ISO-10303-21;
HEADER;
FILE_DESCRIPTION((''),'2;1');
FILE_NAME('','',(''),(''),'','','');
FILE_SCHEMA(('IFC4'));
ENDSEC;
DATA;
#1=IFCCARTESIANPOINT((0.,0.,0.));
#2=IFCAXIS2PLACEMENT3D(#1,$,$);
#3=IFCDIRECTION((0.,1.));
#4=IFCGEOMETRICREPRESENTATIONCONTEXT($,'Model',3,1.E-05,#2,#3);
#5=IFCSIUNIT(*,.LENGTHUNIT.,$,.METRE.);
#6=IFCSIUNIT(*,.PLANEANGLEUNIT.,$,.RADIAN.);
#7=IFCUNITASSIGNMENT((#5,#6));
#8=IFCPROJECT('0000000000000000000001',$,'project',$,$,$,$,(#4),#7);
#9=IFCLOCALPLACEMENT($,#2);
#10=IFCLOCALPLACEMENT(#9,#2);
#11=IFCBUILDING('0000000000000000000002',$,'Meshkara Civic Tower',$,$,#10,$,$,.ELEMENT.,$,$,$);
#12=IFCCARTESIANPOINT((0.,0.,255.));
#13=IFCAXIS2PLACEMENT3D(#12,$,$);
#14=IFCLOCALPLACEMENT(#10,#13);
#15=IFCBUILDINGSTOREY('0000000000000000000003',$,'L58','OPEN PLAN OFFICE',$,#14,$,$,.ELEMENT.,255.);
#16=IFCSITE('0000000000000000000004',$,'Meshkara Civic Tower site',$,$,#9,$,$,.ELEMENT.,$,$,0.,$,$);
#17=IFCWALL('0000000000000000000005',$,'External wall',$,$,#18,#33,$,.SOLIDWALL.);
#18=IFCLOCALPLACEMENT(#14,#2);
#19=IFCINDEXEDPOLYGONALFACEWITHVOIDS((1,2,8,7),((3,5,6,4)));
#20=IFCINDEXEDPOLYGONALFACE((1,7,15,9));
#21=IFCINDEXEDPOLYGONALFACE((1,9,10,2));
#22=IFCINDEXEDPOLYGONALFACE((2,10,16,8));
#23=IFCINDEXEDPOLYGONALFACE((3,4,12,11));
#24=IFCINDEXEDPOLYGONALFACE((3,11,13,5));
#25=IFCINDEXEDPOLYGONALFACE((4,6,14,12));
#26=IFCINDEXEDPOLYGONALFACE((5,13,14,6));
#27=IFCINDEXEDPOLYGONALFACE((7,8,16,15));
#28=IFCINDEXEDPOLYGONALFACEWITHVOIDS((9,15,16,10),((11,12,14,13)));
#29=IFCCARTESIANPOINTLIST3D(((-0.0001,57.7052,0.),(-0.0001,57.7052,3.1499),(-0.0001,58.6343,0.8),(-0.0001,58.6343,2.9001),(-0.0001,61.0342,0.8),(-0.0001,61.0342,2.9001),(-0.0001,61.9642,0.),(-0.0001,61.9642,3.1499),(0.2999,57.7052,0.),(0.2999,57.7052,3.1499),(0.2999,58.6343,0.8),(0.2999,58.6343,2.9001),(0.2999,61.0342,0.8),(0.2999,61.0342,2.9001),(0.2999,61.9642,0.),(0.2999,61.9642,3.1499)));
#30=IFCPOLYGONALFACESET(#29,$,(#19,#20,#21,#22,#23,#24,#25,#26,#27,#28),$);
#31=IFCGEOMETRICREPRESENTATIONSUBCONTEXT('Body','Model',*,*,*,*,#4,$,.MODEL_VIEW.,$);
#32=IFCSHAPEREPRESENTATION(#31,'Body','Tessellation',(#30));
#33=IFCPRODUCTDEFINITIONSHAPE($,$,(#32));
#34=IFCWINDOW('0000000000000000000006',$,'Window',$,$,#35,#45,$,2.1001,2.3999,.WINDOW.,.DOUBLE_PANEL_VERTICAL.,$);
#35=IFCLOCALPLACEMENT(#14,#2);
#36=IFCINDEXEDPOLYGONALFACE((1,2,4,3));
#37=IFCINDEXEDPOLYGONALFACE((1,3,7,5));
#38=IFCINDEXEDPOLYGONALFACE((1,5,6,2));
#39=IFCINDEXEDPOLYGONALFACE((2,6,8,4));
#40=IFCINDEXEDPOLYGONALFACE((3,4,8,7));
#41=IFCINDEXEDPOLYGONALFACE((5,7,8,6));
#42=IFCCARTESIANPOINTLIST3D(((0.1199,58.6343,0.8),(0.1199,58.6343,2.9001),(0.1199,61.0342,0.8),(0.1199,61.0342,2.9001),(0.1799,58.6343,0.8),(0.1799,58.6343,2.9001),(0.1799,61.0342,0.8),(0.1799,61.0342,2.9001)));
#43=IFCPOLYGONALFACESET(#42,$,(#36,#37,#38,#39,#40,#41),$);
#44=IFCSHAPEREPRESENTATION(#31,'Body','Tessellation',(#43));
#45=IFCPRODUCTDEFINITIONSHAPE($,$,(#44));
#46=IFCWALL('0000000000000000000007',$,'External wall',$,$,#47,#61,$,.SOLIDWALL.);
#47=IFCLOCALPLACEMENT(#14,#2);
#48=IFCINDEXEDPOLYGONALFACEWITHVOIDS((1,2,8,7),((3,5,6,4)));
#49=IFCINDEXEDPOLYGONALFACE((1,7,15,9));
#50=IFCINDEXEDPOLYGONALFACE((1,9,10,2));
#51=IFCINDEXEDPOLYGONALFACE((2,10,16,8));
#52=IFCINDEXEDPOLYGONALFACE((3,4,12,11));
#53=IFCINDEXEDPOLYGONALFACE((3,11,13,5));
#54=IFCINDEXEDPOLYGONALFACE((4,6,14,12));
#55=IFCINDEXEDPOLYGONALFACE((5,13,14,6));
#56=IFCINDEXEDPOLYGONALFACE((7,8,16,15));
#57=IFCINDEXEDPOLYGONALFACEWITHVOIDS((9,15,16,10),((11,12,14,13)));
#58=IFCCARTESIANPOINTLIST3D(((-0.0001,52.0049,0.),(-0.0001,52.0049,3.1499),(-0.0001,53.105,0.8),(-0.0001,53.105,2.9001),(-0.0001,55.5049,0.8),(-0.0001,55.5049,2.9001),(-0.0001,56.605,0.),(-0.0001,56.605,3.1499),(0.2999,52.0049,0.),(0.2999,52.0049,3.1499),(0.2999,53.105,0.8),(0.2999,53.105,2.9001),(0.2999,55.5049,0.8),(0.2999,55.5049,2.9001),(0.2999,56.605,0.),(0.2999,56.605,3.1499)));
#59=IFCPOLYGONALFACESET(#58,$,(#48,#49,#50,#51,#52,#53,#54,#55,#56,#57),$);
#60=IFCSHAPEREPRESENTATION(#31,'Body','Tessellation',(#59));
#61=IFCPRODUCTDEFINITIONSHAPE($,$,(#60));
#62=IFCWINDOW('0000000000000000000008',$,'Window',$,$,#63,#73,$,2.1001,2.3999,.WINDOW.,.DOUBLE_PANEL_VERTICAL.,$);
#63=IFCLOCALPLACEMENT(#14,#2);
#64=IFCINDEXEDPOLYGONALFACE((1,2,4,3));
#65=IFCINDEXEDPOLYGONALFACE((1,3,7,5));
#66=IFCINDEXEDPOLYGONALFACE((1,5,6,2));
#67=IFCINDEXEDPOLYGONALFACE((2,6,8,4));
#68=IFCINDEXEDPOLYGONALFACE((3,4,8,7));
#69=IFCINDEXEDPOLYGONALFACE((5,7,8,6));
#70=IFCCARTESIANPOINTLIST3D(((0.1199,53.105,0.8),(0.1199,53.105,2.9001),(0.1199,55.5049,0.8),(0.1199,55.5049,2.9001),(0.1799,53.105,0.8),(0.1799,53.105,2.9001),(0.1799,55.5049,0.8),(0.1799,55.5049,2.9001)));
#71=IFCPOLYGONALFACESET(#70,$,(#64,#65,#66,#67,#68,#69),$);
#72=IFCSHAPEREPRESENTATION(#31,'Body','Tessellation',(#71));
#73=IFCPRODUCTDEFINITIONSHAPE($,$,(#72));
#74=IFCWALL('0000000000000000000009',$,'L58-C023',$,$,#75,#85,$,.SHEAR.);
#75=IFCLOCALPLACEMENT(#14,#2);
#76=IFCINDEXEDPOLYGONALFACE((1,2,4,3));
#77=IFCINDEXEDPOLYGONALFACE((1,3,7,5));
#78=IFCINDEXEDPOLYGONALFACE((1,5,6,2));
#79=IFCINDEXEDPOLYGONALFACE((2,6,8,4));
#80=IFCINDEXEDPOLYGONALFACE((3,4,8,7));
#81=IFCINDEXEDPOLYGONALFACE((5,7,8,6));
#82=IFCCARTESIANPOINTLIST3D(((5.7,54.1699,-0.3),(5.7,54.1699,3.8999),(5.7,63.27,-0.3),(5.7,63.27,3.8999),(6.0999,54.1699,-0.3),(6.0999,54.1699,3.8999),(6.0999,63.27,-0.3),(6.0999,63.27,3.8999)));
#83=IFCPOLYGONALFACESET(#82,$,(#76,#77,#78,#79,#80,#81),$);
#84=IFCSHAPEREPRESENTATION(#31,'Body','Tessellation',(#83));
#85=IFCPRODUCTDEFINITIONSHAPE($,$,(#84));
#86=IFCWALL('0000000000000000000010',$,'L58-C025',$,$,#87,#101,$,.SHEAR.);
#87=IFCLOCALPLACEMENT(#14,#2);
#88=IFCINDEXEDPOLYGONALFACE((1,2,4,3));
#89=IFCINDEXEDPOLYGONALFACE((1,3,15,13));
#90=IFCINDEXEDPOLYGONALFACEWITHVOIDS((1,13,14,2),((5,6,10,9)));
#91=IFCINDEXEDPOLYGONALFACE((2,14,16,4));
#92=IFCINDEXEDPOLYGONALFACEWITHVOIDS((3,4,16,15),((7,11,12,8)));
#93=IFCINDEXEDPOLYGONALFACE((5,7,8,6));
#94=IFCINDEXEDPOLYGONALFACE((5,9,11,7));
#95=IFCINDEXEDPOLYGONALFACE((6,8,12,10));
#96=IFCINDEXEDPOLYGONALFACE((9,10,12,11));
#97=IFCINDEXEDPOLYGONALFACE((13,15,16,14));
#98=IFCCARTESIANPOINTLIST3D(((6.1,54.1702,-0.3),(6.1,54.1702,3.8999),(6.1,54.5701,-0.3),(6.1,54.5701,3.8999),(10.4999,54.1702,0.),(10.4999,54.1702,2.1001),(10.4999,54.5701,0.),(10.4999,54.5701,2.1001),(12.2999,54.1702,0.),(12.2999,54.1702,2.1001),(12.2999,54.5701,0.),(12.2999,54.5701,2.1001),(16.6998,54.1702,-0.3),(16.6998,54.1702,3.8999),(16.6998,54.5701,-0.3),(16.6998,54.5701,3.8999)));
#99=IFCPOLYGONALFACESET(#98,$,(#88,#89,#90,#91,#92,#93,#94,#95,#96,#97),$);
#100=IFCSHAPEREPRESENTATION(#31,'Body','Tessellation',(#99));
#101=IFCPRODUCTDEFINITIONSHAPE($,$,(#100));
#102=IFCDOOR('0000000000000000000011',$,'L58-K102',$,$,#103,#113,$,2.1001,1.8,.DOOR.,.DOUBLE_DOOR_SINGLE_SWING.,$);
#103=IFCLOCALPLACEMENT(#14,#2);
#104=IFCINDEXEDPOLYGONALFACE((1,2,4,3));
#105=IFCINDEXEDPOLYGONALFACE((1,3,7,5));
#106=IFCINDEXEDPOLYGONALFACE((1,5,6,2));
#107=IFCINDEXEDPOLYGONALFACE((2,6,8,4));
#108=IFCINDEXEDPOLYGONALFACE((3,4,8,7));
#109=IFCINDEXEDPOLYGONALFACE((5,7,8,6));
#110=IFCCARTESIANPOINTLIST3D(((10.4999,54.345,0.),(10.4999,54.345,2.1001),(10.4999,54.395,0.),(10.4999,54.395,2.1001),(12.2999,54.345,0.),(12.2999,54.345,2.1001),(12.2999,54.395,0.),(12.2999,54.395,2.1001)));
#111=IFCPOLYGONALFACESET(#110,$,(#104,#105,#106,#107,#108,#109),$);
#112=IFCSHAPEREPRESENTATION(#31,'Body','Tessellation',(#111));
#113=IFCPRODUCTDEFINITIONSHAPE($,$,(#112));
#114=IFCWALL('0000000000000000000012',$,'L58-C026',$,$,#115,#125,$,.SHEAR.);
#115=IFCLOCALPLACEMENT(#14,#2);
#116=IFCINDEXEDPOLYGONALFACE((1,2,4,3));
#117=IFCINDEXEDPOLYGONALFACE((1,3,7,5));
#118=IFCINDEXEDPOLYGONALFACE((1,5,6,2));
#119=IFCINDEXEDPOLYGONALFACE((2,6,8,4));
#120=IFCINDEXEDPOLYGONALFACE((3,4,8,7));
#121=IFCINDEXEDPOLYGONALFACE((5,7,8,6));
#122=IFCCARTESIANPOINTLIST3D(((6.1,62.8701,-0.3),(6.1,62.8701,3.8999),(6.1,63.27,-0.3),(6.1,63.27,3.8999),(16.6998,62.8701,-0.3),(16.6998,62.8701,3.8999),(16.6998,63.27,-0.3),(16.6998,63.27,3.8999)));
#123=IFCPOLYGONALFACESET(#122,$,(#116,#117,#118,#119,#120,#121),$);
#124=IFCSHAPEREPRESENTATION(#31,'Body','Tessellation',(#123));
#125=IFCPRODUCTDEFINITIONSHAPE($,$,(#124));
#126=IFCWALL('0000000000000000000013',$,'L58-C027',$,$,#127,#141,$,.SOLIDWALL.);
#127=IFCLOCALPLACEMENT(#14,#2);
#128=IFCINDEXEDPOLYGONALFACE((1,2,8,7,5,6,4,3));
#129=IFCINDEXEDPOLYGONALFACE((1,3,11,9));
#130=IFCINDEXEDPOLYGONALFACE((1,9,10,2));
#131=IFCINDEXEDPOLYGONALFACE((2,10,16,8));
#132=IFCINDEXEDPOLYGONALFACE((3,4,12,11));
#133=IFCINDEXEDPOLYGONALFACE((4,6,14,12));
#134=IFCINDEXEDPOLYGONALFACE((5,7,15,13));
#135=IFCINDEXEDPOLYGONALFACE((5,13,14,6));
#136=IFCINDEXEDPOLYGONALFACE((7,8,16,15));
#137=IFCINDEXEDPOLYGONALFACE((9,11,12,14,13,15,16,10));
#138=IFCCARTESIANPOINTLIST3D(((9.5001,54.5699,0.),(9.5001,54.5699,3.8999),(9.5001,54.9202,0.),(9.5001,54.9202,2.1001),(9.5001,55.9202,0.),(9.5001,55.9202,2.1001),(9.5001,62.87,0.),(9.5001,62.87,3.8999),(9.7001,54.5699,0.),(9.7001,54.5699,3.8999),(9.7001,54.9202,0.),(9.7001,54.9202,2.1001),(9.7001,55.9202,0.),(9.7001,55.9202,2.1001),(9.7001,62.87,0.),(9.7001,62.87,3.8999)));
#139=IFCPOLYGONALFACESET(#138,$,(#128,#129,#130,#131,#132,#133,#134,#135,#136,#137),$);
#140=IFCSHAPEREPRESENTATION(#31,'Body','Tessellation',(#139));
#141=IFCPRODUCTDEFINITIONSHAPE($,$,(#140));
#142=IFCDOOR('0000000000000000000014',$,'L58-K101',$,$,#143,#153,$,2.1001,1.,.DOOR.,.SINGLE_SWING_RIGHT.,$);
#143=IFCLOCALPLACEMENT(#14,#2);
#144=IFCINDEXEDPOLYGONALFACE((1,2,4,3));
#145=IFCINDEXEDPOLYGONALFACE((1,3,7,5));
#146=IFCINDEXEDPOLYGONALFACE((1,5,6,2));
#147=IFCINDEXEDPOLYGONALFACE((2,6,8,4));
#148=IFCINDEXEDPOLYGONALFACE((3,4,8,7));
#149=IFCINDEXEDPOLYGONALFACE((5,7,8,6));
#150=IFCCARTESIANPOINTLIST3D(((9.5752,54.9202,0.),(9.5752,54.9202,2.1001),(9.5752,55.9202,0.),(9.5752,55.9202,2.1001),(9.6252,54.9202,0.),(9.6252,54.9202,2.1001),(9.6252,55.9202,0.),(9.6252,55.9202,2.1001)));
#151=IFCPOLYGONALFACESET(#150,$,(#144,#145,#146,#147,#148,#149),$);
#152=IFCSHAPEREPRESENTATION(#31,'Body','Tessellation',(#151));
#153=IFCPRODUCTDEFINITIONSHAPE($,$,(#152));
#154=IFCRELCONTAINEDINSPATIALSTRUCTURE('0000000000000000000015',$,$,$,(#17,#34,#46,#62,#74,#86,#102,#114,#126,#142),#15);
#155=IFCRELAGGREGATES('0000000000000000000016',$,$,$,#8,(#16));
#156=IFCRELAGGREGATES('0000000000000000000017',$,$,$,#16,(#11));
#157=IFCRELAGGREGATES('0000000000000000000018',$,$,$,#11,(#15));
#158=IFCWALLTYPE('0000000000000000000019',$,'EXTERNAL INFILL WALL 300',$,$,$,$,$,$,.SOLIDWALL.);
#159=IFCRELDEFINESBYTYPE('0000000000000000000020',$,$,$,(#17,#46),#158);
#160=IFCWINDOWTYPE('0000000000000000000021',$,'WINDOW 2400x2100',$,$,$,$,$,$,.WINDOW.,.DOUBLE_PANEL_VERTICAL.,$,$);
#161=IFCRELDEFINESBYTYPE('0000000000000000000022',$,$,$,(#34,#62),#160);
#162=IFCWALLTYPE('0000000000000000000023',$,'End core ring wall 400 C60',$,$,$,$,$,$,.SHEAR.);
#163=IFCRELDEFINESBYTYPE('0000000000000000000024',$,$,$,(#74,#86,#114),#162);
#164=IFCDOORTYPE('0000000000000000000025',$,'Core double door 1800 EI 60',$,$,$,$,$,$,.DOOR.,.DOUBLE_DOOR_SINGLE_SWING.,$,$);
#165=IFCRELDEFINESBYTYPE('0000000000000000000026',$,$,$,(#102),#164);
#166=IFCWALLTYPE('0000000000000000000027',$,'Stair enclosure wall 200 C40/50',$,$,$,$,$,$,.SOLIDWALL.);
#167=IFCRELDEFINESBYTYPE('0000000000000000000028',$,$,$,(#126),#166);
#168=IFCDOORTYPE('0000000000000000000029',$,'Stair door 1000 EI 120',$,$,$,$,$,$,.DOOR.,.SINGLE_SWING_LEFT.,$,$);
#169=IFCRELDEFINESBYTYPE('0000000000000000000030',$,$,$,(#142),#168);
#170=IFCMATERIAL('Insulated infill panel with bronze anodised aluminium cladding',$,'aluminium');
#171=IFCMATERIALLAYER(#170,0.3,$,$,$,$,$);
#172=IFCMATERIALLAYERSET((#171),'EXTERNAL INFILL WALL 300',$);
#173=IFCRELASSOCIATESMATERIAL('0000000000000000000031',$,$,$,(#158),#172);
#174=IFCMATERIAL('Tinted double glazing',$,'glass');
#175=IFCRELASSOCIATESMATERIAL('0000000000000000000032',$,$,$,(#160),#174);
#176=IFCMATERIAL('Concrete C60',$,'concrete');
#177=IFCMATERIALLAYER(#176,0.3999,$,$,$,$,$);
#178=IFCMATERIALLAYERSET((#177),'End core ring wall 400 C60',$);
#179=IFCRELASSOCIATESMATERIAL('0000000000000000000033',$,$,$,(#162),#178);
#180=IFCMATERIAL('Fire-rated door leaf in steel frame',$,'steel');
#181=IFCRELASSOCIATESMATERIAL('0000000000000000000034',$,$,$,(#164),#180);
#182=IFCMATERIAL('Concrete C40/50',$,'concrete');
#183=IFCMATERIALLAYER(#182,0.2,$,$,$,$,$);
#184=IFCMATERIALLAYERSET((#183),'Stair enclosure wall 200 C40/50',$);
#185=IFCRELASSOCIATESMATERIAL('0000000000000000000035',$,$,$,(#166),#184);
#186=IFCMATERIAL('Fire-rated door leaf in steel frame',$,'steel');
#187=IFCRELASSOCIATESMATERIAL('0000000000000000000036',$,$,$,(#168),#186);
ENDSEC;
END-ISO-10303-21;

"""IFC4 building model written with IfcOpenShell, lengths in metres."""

from ifc_helpers import new_model, si_unit, direction, frame, frame_2d, origin, place, context, subcontext, project, spatial, rectangle, extrude, material, layer, layer_set, type_object, element, fill, save


model = new_model("IFC4")

# Units and contexts
model_context = context("Model", 3, precision=1e-05, world=origin(), true_north=direction((0.0, 1.0)))
body_context = subcontext(model_context, "Body", "Model", "MODEL_VIEW")
ifc_project = project(units=[si_unit("LENGTHUNIT", "METRE"), si_unit("PLANEANGLEUNIT", "RADIAN")], contexts=[model_context])

# Site, building, storey
site_placement = place(None, origin())
site = spatial("IfcSite", under=ifc_project, at=site_placement, Name="Meshkara Civic Tower site", CompositionType="ELEMENT", RefElevation=0.0)
building_placement = place(site_placement, origin())
building = spatial("IfcBuilding", under=site, at=building_placement, Name="Meshkara Civic Tower", CompositionType="ELEMENT")
storey_placement = place(building_placement, frame((0.0, 0.0, 255.0)))
storey = spatial("IfcBuildingStorey", under=building, at=storey_placement, Name="L58", Description="OPEN PLAN OFFICE", CompositionType="ELEMENT", Elevation=255.0)

# Walls, openings, windows
ifc_material_1 = material(Name="Insulated infill panel with bronze anodised aluminium cladding", Category="aluminium")
ifc_layer_1 = layer(ifc_material_1, 0.3)
ifc_layer_set_1 = layer_set([ifc_layer_1], Name="EXTERNAL INFILL WALL 300")
wall_type_1 = type_object("IfcWallType", Name="EXTERNAL INFILL WALL 300", PredefinedType="SOLIDWALL", material=ifc_layer_set_1)
ifc_material_2 = material(Name="Tinted double glazing", Category="glass")
window_type_1 = type_object("IfcWindowType", Name="WINDOW 2400x2100", PartitioningType="DOUBLE_PANEL_VERTICAL", PredefinedType="WINDOW", material=ifc_material_2)
wall_1_placement = place(storey_placement, frame((0.1499, 61.9641, 0.0), z_axis=(0.0, 0.0, 1.0), x_axis=(0.0, -1.0, 0.0)))
wall_1 = element("IfcWall", 1, at=wall_1_placement, inside=storey, type_object=wall_type_1, Name="External wall", PredefinedType="SOLIDWALL", context=body_context, shape_type="SweptSolid", body=[
    extrude(rectangle(XDim=4.259, YDim=0.3, at=frame_2d((2.1294, 0.0))), origin(), (0.0, 0.0, 1.0), 3.1499),
])
opening_1_placement = place(wall_1_placement, frame((0.9299, 0.0, 0.8)))
opening_1 = element("IfcOpeningElement", 2, at=opening_1_placement, cuts=wall_1, PredefinedType="OPENING", context=body_context, shape_type="SweptSolid", body=[
    extrude(rectangle(XDim=2.3999, YDim=2.1001, at=frame_2d((1.2, 1.05))), frame((0.0, 0.1599, 0.0), z_axis=(0.0, -1.0, 0.0), x_axis=(1.0, 0.0, 0.0)), (0.0, 0.0, 1.0), 0.3201),
])
window_1_placement = place(opening_1_placement, origin())
window_1 = element("IfcWindow", 3, at=window_1_placement, inside=storey, type_object=window_type_1, Name="Window", OverallHeight=2.1001, OverallWidth=2.3999, PartitioningType="DOUBLE_PANEL_VERTICAL", PredefinedType="WINDOW", context=body_context, shape_type="SweptSolid", body=[
    extrude(rectangle(XDim=2.3999, YDim=2.1001, at=frame_2d((1.2, 1.05))), frame((0.0, 0.03, 0.0), z_axis=(0.0, -1.0, 0.0), x_axis=(1.0, 0.0, 0.0)), (0.0, 0.0, 1.0), 0.0601),
])
fill(opening_1, window_1)
wall_2_placement = place(storey_placement, frame((0.1499, 56.605, 0.0), z_axis=(0.0, 0.0, 1.0), x_axis=(0.0, -1.0, 0.0)))
wall_2 = element("IfcWall", 4, at=wall_2_placement, inside=storey, type_object=wall_type_1, Name="External wall", PredefinedType="SOLIDWALL", context=body_context, shape_type="SweptSolid", body=[
    extrude(rectangle(XDim=4.6001, YDim=0.3, at=frame_2d((2.3, 0.0))), origin(), (0.0, 0.0, 1.0), 3.1499),
])
opening_2_placement = place(wall_2_placement, frame((1.1001, 0.0, 0.8)))
opening_2 = element("IfcOpeningElement", 5, at=opening_2_placement, cuts=wall_2, PredefinedType="OPENING", context=body_context, shape_type="SweptSolid", body=[
    extrude(rectangle(XDim=2.3999, YDim=2.1001, at=frame_2d((1.2, 1.05))), frame((0.0, 0.1599, 0.0), z_axis=(0.0, -1.0, 0.0), x_axis=(1.0, 0.0, 0.0)), (0.0, 0.0, 1.0), 0.3201),
])
window_2_placement = place(opening_2_placement, origin())
window_2 = element("IfcWindow", 6, at=window_2_placement, inside=storey, type_object=window_type_1, Name="Window", OverallHeight=2.1001, OverallWidth=2.3999, PartitioningType="DOUBLE_PANEL_VERTICAL", PredefinedType="WINDOW", context=body_context, shape_type="SweptSolid", body=[
    extrude(rectangle(XDim=2.3999, YDim=2.1001, at=frame_2d((1.2, 1.05))), frame((0.0, 0.03, 0.0), z_axis=(0.0, -1.0, 0.0), x_axis=(1.0, 0.0, 0.0)), (0.0, 0.0, 1.0), 0.0601),
])
fill(opening_2, window_2)

# Wall
ifc_material_3 = material(Name="Concrete C60", Category="concrete")
ifc_layer_2 = layer(ifc_material_3, 0.3999)
ifc_layer_set_2 = layer_set([ifc_layer_2], Name="End core ring wall 400 C60")
wall_type_2 = type_object("IfcWallType", Name="End core ring wall 400 C60", PredefinedType="SHEAR", material=ifc_layer_set_2)
wall_3_placement = place(storey_placement, frame((5.8999, 54.1699, -0.3), z_axis=(0.0, 0.0, 1.0), x_axis=(0.0, 1.0, 0.0)))
element("IfcWall", 7, at=wall_3_placement, inside=storey, type_object=wall_type_2, Name="L58-C023", PredefinedType="SHEAR", context=body_context, shape_type="SweptSolid", body=[
    extrude(rectangle(XDim=9.1001, YDim=0.3999, at=frame_2d((4.55, 0.0))), origin(), (0.0, 0.0, 1.0), 4.2),
])

# Wall, opening, door
wall_4_placement = place(storey_placement, frame((6.1001, 54.3701, -0.3), z_axis=(0.0, 0.0, 1.0), x_axis=(1.0, 0.0, 0.0)))
wall_4 = element("IfcWall", 8, at=wall_4_placement, inside=storey, type_object=wall_type_2, Name="L58-C025", PredefinedType="SHEAR", context=body_context, shape_type="SweptSolid", body=[
    extrude(rectangle(XDim=10.5999, YDim=0.3999, at=frame_2d((5.2998, 0.0))), origin(), (0.0, 0.0, 1.0), 4.2),
])
opening_3_placement = place(wall_4_placement, frame((4.3999, 0.0, 0.3)))
opening_3 = element("IfcOpeningElement", 9, at=opening_3_placement, cuts=wall_4, PredefinedType="OPENING", context=body_context, shape_type="SweptSolid", body=[
    extrude(rectangle(XDim=1.8, YDim=2.1001, at=frame_2d((0.8999, 1.05))), frame((0.0, 0.21, 0.0), z_axis=(0.0, -1.0, 0.0), x_axis=(1.0, 0.0, 0.0)), (0.0, 0.0, 1.0), 0.4199),
])
ifc_material_4 = material(Name="Fire-rated door leaf in steel frame", Category="steel")
door_type_1 = type_object("IfcDoorType", Name="Core double door 1800 EI 60", OperationType="DOUBLE_DOOR_SINGLE_SWING", PredefinedType="DOOR", material=ifc_material_4)
door_1_placement = place(opening_3_placement, origin())
door_1 = element("IfcDoor", 10, at=door_1_placement, inside=storey, type_object=door_type_1, Name="L58-K102", OperationType="DOUBLE_DOOR_SINGLE_SWING", OverallHeight=2.1001, OverallWidth=1.8, PredefinedType="DOOR", context=body_context, shape_type="SweptSolid", body=[
    extrude(rectangle(XDim=1.8, YDim=2.1001, at=frame_2d((0.8999, 1.05))), frame((0.0, 0.0249, 0.0), z_axis=(0.0, -1.0, 0.0), x_axis=(1.0, 0.0, 0.0)), (0.0, 0.0, 1.0), 0.05),
])
fill(opening_3, door_1)

# Wall
wall_5_placement = place(storey_placement, frame((6.1001, 63.0701, -0.3), z_axis=(0.0, 0.0, 1.0), x_axis=(1.0, 0.0, 0.0)))
element("IfcWall", 11, at=wall_5_placement, inside=storey, type_object=wall_type_2, Name="L58-C026", PredefinedType="SHEAR", context=body_context, shape_type="SweptSolid", body=[
    extrude(rectangle(XDim=10.5999, YDim=0.3999, at=frame_2d((5.2998, 0.0))), origin(), (0.0, 0.0, 1.0), 4.2),
])

# Wall, opening, door
ifc_material_5 = material(Name="Concrete C40/50", Category="concrete")
ifc_layer_3 = layer(ifc_material_5, 0.2)
ifc_layer_set_3 = layer_set([ifc_layer_3], Name="Stair enclosure wall 200 C40/50")
wall_type_3 = type_object("IfcWallType", Name="Stair enclosure wall 200 C40/50", PredefinedType="SOLIDWALL", material=ifc_layer_set_3)
wall_6_placement = place(storey_placement, frame((9.6001, 54.5701, 0.0), z_axis=(0.0, 0.0, 1.0), x_axis=(0.0, 1.0, 0.0)))
wall_6 = element("IfcWall", 12, at=wall_6_placement, inside=storey, type_object=wall_type_3, Name="L58-C027", PredefinedType="SOLIDWALL", context=body_context, shape_type="SweptSolid", body=[
    extrude(rectangle(XDim=8.3, YDim=0.2, at=frame_2d((4.1499, 0.0))), origin(), (0.0, 0.0, 1.0), 3.8999),
])
opening_4_placement = place(wall_6_placement, frame((0.3501, 0.0, 0.0)))
opening_4 = element("IfcOpeningElement", 13, at=opening_4_placement, cuts=wall_6, PredefinedType="OPENING", context=body_context, shape_type="SweptSolid", body=[
    extrude(rectangle(XDim=1.0, YDim=2.1001, at=frame_2d((0.5, 1.05))), frame((0.0, 0.1099, 0.0), z_axis=(0.0, -1.0, 0.0), x_axis=(1.0, 0.0, 0.0)), (0.0, 0.0, 1.0), 0.22),
])
ifc_material_6 = material(Name="Fire-rated door leaf in steel frame", Category="steel")
door_type_2 = type_object("IfcDoorType", Name="Stair door 1000 EI 120", OperationType="SINGLE_SWING_LEFT", PredefinedType="DOOR", material=ifc_material_6)
door_2_placement = place(opening_4_placement, origin())
door_2 = element("IfcDoor", 14, at=door_2_placement, inside=storey, type_object=door_type_2, Name="L58-K101", OperationType="SINGLE_SWING_RIGHT", OverallHeight=2.1001, OverallWidth=1.0, PredefinedType="DOOR", context=body_context, shape_type="SweptSolid", body=[
    extrude(rectangle(XDim=1.0, YDim=2.1001, at=frame_2d((0.5, 1.05))), frame((0.0, 0.0249, 0.0), z_axis=(0.0, -1.0, 0.0), x_axis=(1.0, 0.0, 0.0)), (0.0, 0.0, 1.0), 0.05),
])
fill(opening_4, door_2)

save(model, "model.ifc")
